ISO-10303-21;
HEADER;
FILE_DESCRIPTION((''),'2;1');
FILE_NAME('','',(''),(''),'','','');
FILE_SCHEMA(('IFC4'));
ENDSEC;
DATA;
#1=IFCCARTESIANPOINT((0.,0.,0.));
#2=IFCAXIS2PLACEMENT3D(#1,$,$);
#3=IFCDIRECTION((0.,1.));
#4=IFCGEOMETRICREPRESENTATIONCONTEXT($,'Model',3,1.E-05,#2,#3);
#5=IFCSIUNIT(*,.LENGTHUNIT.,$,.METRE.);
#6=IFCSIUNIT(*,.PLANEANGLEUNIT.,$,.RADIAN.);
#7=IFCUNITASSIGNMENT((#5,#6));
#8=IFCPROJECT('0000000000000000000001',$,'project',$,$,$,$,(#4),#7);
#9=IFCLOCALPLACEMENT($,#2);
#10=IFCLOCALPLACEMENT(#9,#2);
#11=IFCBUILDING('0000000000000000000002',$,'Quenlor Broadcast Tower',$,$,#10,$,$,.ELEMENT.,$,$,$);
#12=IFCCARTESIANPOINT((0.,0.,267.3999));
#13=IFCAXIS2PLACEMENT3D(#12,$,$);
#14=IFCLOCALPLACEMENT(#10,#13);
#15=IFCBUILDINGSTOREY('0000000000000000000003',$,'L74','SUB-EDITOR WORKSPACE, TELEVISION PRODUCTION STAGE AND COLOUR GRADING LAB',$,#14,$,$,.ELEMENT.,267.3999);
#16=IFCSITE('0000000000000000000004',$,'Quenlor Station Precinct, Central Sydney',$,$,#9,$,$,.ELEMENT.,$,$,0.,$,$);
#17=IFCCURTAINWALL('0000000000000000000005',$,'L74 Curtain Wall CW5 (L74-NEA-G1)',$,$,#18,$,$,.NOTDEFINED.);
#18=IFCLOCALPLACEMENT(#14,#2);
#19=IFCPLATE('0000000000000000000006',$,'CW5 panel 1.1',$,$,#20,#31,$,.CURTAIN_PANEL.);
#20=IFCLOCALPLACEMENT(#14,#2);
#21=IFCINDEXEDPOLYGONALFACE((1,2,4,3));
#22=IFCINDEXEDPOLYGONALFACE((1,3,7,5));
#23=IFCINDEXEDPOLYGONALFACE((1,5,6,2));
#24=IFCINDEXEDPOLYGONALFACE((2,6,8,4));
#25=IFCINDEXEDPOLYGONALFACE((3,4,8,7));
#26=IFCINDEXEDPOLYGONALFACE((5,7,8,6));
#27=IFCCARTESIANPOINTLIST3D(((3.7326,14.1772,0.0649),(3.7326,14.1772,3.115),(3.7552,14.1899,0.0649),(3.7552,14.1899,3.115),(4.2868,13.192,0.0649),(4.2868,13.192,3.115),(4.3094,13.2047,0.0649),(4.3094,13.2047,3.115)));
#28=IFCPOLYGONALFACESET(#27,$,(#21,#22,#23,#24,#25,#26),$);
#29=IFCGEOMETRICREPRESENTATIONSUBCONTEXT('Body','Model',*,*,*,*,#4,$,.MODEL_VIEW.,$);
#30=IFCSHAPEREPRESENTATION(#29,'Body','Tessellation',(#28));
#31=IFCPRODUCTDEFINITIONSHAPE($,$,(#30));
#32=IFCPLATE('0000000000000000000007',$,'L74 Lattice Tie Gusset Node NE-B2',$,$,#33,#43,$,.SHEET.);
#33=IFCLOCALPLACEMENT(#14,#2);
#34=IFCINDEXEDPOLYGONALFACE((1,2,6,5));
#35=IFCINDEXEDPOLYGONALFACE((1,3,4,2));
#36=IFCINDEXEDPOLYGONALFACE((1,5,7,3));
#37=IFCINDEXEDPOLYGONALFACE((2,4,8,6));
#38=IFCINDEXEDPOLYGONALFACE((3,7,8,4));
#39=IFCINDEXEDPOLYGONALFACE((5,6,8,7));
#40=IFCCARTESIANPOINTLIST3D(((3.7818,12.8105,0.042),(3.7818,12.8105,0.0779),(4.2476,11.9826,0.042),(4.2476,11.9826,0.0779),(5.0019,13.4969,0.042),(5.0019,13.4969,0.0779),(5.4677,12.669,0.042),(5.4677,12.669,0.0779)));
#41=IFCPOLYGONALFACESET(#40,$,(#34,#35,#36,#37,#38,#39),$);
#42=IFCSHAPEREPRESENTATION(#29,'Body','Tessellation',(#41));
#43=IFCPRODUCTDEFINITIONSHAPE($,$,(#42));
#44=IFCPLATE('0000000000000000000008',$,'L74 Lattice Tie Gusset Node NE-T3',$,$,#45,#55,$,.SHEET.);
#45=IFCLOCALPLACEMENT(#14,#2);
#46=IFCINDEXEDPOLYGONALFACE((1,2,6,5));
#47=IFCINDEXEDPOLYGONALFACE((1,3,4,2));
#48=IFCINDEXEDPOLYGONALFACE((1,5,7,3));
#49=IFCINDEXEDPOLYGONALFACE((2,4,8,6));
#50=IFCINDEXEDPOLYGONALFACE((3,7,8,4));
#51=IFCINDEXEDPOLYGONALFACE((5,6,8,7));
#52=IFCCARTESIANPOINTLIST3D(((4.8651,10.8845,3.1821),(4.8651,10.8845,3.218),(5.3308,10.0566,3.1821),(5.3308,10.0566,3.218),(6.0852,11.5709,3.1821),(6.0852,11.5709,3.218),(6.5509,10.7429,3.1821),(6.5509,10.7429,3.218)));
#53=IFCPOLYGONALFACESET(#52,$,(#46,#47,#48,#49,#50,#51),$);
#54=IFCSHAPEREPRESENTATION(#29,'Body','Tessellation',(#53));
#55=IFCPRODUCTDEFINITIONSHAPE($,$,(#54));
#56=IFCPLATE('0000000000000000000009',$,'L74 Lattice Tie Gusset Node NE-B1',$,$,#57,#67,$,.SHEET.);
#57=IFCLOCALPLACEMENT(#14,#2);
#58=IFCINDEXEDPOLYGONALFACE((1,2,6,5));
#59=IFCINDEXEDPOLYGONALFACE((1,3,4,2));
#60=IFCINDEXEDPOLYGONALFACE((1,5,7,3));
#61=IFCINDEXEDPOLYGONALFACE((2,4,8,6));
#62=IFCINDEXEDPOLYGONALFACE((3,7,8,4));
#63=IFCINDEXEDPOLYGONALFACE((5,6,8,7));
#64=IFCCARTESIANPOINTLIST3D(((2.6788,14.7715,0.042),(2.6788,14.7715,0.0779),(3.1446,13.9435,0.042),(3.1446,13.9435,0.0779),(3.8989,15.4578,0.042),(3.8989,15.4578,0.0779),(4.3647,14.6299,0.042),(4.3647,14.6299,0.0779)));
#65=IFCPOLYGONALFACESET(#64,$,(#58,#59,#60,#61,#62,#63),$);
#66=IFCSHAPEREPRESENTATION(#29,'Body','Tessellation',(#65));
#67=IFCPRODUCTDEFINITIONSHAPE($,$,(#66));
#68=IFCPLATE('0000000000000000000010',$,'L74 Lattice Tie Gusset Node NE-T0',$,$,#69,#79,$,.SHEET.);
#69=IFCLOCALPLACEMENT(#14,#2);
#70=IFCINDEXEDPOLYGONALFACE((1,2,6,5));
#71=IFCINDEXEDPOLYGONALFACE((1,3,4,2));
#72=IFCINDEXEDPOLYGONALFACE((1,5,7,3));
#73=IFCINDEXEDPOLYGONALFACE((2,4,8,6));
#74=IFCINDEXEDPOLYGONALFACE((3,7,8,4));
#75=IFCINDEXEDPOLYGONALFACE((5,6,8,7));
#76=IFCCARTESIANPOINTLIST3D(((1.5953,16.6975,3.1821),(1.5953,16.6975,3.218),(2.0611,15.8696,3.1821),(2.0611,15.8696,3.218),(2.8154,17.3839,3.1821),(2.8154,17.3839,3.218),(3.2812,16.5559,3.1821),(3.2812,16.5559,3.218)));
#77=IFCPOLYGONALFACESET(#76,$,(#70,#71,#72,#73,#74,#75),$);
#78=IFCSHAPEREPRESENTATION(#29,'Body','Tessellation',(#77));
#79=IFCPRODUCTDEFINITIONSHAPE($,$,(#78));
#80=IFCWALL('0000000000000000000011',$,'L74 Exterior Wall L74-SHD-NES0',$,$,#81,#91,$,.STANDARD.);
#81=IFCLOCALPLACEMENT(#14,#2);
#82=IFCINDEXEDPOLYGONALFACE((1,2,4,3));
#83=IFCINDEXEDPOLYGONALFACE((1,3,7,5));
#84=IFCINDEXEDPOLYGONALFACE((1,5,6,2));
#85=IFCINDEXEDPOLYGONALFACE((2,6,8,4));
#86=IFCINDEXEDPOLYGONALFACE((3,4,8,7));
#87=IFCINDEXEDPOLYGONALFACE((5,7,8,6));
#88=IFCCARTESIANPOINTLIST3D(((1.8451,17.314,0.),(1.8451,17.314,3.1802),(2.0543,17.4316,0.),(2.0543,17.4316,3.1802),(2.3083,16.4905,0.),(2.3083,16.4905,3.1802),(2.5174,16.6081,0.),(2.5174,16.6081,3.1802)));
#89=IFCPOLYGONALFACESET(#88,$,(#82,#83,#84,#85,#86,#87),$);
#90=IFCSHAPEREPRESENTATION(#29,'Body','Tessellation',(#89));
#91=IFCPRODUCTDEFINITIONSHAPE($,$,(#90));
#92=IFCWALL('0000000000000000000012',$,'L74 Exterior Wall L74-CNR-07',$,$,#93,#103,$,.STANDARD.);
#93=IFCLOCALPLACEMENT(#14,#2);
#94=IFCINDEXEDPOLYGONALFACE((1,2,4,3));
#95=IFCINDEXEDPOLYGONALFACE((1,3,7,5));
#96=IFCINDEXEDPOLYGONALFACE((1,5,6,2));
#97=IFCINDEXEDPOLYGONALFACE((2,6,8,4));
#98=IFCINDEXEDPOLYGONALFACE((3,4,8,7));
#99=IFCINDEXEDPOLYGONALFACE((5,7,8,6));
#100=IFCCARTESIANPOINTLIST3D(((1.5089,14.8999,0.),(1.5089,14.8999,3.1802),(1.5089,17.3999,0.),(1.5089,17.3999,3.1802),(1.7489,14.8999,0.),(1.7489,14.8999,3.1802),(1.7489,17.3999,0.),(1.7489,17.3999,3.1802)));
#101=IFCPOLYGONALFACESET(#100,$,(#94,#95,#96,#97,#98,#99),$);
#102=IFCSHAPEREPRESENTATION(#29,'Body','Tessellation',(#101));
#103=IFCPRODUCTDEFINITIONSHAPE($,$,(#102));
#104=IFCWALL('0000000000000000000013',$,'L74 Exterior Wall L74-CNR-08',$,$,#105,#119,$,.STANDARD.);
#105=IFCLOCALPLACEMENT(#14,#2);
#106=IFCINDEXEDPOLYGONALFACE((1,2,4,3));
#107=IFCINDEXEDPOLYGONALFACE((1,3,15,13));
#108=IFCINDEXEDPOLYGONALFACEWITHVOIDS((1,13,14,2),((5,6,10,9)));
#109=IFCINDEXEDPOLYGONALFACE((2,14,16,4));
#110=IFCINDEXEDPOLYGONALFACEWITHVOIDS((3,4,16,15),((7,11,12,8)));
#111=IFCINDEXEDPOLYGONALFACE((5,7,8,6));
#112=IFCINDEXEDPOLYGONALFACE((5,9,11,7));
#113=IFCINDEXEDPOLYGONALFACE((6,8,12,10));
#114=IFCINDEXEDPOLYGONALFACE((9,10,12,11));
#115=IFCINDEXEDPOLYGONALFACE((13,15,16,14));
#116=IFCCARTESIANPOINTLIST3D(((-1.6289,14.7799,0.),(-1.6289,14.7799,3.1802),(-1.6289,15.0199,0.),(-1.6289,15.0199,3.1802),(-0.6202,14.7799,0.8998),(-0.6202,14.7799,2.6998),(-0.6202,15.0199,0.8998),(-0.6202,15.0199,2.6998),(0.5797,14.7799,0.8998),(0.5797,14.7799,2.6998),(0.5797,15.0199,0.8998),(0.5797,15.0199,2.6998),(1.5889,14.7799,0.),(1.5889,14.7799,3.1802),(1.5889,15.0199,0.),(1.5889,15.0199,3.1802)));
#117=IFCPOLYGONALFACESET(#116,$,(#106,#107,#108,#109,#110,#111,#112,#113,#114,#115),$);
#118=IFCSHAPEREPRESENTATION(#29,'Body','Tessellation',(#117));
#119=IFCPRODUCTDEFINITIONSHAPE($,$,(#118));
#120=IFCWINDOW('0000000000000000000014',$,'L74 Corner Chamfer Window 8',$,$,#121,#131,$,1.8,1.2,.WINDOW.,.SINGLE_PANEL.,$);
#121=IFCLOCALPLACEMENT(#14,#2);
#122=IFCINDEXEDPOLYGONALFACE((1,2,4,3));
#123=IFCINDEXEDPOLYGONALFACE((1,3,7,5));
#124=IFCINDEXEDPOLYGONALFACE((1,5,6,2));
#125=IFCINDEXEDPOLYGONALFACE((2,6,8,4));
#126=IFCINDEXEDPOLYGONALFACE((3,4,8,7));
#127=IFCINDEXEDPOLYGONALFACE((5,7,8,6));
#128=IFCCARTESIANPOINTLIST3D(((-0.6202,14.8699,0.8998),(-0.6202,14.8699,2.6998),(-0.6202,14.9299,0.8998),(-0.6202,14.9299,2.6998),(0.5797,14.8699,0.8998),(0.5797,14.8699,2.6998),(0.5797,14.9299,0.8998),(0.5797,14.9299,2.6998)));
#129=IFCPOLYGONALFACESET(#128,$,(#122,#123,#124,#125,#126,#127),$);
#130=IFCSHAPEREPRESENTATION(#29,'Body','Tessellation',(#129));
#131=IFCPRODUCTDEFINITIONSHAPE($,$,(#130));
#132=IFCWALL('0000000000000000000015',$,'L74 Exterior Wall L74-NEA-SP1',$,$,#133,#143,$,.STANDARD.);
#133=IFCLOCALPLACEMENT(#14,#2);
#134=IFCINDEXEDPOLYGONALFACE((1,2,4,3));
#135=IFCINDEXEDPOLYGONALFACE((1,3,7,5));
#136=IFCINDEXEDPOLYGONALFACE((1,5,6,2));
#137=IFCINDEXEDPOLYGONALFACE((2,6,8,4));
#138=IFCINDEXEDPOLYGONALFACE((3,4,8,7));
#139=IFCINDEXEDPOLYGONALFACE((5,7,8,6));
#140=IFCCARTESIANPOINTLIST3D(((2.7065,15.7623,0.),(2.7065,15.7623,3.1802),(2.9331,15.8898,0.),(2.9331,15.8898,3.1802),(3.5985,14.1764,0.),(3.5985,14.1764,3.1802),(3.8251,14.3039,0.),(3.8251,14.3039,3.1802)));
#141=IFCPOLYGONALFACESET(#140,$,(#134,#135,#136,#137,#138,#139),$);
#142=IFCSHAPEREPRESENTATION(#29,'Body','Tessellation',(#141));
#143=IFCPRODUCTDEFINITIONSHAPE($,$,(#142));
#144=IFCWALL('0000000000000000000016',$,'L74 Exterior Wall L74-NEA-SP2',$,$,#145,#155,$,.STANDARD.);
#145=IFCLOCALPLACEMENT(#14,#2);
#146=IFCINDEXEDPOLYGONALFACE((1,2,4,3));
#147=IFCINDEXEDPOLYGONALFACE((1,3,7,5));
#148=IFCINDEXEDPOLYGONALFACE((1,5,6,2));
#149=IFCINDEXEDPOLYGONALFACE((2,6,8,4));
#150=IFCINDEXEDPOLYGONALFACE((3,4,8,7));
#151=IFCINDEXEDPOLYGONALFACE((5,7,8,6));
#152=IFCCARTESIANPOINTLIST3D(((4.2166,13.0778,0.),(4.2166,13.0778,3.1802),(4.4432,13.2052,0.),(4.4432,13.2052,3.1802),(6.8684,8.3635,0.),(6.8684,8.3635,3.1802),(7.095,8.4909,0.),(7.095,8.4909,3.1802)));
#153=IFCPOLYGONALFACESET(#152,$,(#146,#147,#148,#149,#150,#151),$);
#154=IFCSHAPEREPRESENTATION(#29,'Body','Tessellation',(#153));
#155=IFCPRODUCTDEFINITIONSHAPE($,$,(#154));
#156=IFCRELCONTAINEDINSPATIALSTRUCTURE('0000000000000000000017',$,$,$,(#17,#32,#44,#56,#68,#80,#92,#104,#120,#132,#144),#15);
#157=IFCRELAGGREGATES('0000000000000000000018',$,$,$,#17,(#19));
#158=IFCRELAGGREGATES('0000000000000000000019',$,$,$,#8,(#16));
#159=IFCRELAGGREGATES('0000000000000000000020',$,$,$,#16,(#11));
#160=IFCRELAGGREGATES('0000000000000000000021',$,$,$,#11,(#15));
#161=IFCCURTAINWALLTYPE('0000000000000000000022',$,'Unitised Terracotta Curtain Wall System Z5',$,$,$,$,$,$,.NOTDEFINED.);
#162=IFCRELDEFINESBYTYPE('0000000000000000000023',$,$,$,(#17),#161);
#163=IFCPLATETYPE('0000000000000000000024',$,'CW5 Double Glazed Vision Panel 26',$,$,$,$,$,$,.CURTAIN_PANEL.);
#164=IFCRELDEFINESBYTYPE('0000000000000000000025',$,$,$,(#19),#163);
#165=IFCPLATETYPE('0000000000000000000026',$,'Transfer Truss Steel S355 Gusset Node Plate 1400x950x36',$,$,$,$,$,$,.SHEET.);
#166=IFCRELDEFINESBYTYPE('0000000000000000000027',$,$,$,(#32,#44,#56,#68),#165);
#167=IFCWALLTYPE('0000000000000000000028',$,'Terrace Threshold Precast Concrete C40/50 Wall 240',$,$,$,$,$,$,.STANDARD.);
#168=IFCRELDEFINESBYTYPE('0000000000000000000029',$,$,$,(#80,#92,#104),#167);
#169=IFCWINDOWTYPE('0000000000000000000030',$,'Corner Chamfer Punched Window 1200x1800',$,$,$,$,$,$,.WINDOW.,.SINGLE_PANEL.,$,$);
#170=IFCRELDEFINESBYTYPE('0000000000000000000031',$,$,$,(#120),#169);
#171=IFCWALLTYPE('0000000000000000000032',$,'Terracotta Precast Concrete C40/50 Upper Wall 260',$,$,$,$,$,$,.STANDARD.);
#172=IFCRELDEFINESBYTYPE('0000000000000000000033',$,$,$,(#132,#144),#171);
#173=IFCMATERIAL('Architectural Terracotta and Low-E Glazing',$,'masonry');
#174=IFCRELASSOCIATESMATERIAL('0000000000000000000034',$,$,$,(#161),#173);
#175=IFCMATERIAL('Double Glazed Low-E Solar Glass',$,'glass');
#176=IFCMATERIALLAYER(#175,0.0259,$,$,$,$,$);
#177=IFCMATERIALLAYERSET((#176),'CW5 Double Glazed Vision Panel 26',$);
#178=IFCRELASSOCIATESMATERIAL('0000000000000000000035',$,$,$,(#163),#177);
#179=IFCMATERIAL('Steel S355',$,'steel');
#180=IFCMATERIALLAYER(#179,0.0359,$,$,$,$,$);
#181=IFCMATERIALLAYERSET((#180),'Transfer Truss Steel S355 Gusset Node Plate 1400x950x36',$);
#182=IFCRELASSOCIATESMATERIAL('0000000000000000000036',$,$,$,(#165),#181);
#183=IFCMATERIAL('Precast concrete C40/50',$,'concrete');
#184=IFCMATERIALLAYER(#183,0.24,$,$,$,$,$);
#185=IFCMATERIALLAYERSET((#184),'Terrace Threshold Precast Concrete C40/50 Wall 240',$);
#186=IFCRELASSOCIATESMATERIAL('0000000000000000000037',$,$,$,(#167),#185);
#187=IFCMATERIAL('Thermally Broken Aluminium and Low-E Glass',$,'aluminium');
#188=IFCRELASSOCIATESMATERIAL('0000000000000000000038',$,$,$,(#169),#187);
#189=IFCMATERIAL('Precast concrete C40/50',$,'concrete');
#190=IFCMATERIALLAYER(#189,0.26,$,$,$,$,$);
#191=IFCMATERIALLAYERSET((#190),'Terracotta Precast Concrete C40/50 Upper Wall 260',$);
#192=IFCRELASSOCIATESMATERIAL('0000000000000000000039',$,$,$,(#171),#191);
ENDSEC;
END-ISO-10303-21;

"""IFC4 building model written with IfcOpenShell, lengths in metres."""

from ifc_helpers import new_model, si_unit, direction, frame, frame_2d, origin, origin_2d, place, context, subcontext, project, spatial, rectangle, extrude, material, layer, layer_set, type_object, element, fill, aggregate, save


model = new_model("IFC4")

# Units and contexts
model_context = context("Model", 3, precision=1e-05, world=origin(), true_north=direction((0.0, 1.0)))
body_context = subcontext(model_context, "Body", "Model", "MODEL_VIEW")
ifc_project = project(units=[si_unit("LENGTHUNIT", "METRE"), si_unit("PLANEANGLEUNIT", "RADIAN")], contexts=[model_context])

# Site, building, storey
site_placement = place(None, origin())
site = spatial("IfcSite", under=ifc_project, at=site_placement, Name="Quenlor Station Precinct, Central Sydney", CompositionType="ELEMENT", RefElevation=0.0)
building_placement = place(site_placement, origin())
building = spatial("IfcBuilding", under=site, at=building_placement, Name="Quenlor Broadcast Tower", CompositionType="ELEMENT")
storey_placement = place(building_placement, frame((0.0, 0.0, 267.3999)))
storey = spatial("IfcBuildingStorey", under=building, at=storey_placement, Name="L74", Description="SUB-EDITOR WORKSPACE, TELEVISION PRODUCTION STAGE AND COLOUR GRADING LAB", CompositionType="ELEMENT", Elevation=267.3999)

# Curtain wall
ifc_material_1 = material(Name="Architectural Terracotta and Low-E Glazing", Category="masonry")
curtain_wall_type = type_object("IfcCurtainWallType", Name="Unitised Terracotta Curtain Wall System Z5", PredefinedType="NOTDEFINED", material=ifc_material_1)
curtain_wall_placement = place(storey_placement, origin())
curtain_wall = element("IfcCurtainWall", 1, at=curtain_wall_placement, inside=storey, type_object=curtain_wall_type, Name="L74 Curtain Wall CW5 (L74-NEA-G1)", PredefinedType="NOTDEFINED")

# Plate
ifc_material_2 = material(Name="Double Glazed Low-E Solar Glass", Category="glass")
ifc_layer_1 = layer(ifc_material_2, 0.0259)
ifc_layer_set_1 = layer_set([ifc_layer_1], Name="CW5 Double Glazed Vision Panel 26")
plate_type_1 = type_object("IfcPlateType", Name="CW5 Double Glazed Vision Panel 26", PredefinedType="CURTAIN_PANEL", material=ifc_layer_set_1)
plate_placement = place(storey_placement, frame((4.021, 13.6909, 0.0649), z_axis=(0.0, 0.0, 1.0), x_axis=(0.490291, -0.871559, 0.0)))
plate = element("IfcPlate", 2, at=plate_placement, type_object=plate_type_1, Name="CW5 panel 1.1", PredefinedType="CURTAIN_PANEL", context=body_context, shape_type="SweptSolid", body=[
    extrude(rectangle(XDim=1.1304, YDim=0.0259, at=origin_2d()), origin(), (0.0, 0.0, 1.0), 3.05),
])
aggregate(curtain_wall, [plate])

# Plates
ifc_material_3 = material(Name="Steel S355", Category="steel")
ifc_layer_2 = layer(ifc_material_3, 0.0359)
ifc_layer_set_2 = layer_set([ifc_layer_2], Name="Transfer Truss Steel S355 Gusset Node Plate 1400x950x36")
plate_type_2 = type_object("IfcPlateType", Name="Transfer Truss Steel S355 Gusset Node Plate 1400x950x36", PredefinedType="SHEET", material=ifc_layer_set_2)
for number, where, z_axis, x_axis, name in (
    (3, (4.6248, 12.7397, 0.042), (0.0, 0.0, 1.0), (0.871556, 0.490295, 0.0), "L74 Lattice Tie Gusset Node NE-B2"),
    (4, (5.708, 10.8137, 3.1821), (0.0, 0.0, 1.0), (0.871556, 0.490295, 0.0), "L74 Lattice Tie Gusset Node NE-T3"),
    (5, (3.5217, 14.7007, 0.042), (0.0, 0.0, 1.0), (0.871556, 0.490295, 0.0), "L74 Lattice Tie Gusset Node NE-B1"),
    (6, (2.4382, 16.6267, 3.1821), (0.0, 0.0, 1.0), (0.871556, 0.490295, 0.0), "L74 Lattice Tie Gusset Node NE-T0"),
):
    element("IfcPlate", number, at=place(storey_placement, frame(where, z_axis=z_axis, x_axis=x_axis)), inside=storey, type_object=plate_type_2, Name=name, PredefinedType="SHEET", context=body_context, shape_type="SweptSolid", body=[
        extrude(rectangle(XDim=1.3999, YDim=0.95, at=origin_2d()), origin(), (0.0, 0.0, 1.0), 0.0359),
    ])

# Walls
ifc_material_4 = material(Name="Precast concrete C40/50", Category="concrete")
ifc_layer_3 = layer(ifc_material_4, 0.24)
ifc_layer_set_3 = layer_set([ifc_layer_3], Name="Terrace Threshold Precast Concrete C40/50 Wall 240")
wall_type_1 = type_object("IfcWallType", Name="Terrace Threshold Precast Concrete C40/50 Wall 240", PredefinedType="STANDARD", material=ifc_layer_set_3)
wall_1_placement = place(storey_placement, frame((1.9497, 17.3728, 0.0), z_axis=(0.0, 0.0, 1.0), x_axis=(0.4902, -0.87161, 0.0)))
element("IfcWall", 7, at=wall_1_placement, inside=storey, type_object=wall_type_1, Name="L74 Exterior Wall L74-SHD-NES0", PredefinedType="STANDARD", context=body_context, shape_type="SweptSolid", body=[
    extrude(rectangle(XDim=0.9448, YDim=0.24, at=frame_2d((0.4724, 0.0))), origin(), (0.0, 0.0, 1.0), 3.1802),
])
wall_2_placement = place(storey_placement, frame((1.6289, 17.3999, 0.0), z_axis=(0.0, 0.0, 1.0), x_axis=(0.0, -1.0, 0.0)))
element("IfcWall", 8, at=wall_2_placement, inside=storey, type_object=wall_type_1, Name="L74 Exterior Wall L74-CNR-07", PredefinedType="STANDARD", context=body_context, shape_type="SweptSolid", body=[
    extrude(rectangle(XDim=2.5, YDim=0.24, at=frame_2d((1.25, 0.0))), origin(), (0.0, 0.0, 1.0), 3.1802),
])

# Wall, opening, window
wall_3_placement = place(storey_placement, frame((1.5889, 14.8999, 0.0), z_axis=(0.0, 0.0, 1.0), x_axis=(-1.0, 0.0, 0.0)))
wall_3 = element("IfcWall", 9, at=wall_3_placement, inside=storey, type_object=wall_type_1, Name="L74 Exterior Wall L74-CNR-08", PredefinedType="STANDARD", context=body_context, shape_type="SweptSolid", body=[
    extrude(rectangle(XDim=3.2178, YDim=0.24, at=frame_2d((1.6089, 0.0))), origin(), (0.0, 0.0, 1.0), 3.1802),
])
opening_placement = place(wall_3_placement, frame((1.009, 0.0, 0.8999)))
opening = element("IfcOpeningElement", 10, at=opening_placement, cuts=wall_3, PredefinedType="OPENING", context=body_context, shape_type="SweptSolid", body=[
    extrude(rectangle(XDim=1.2, YDim=1.8, at=frame_2d((0.6001, 0.8999))), frame((0.0, 0.1299, 0.0), z_axis=(0.0, -1.0, 0.0), x_axis=(1.0, 0.0, 0.0)), (0.0, 0.0, 1.0), 0.26),
])
ifc_material_5 = material(Name="Thermally Broken Aluminium and Low-E Glass", Category="aluminium")
window_type = type_object("IfcWindowType", Name="Corner Chamfer Punched Window 1200x1800", PartitioningType="SINGLE_PANEL", PredefinedType="WINDOW", material=ifc_material_5)
window_placement = place(opening_placement, origin())
window = element("IfcWindow", 11, at=window_placement, inside=storey, type_object=window_type, Name="L74 Corner Chamfer Window 8", OverallHeight=1.8, OverallWidth=1.2, PartitioningType="SINGLE_PANEL", PredefinedType="WINDOW", context=body_context, shape_type="SweptSolid", body=[
    extrude(rectangle(XDim=1.2, YDim=1.8, at=frame_2d((0.6001, 0.8999))), frame((0.0, 0.03, 0.0), z_axis=(0.0, -1.0, 0.0), x_axis=(1.0, 0.0, 0.0)), (0.0, 0.0, 1.0), 0.0601),
])
fill(opening, window)

# Walls
ifc_material_6 = material(Name="Precast concrete C40/50", Category="concrete")
ifc_layer_4 = layer(ifc_material_6, 0.26)
ifc_layer_set_4 = layer_set([ifc_layer_4], Name="Terracotta Precast Concrete C40/50 Upper Wall 260")
wall_type_2 = type_object("IfcWallType", Name="Terracotta Precast Concrete C40/50 Upper Wall 260", PredefinedType="STANDARD", material=ifc_layer_set_4)
wall_4_placement = place(storey_placement, frame((2.8198, 15.8259, 0.0), z_axis=(0.0, 0.0, 1.0), x_axis=(0.490261, -0.871576, 0.0)))
element("IfcWall", 12, at=wall_4_placement, inside=storey, type_object=wall_type_2, Name="L74 Exterior Wall L74-NEA-SP1", PredefinedType="STANDARD", context=body_context, shape_type="SweptSolid", body=[
    extrude(rectangle(XDim=1.8196, YDim=0.26, at=frame_2d((0.9097, 0.0))), origin(), (0.0, 0.0, 1.0), 3.1802),
])
wall_5_placement = place(storey_placement, frame((4.3298, 13.1416, 0.0), z_axis=(0.0, 0.0, 1.0), x_axis=(0.490266, -0.871573, 0.0)))
element("IfcWall", 13, at=wall_5_placement, inside=storey, type_object=wall_type_2, Name="L74 Exterior Wall L74-NEA-SP2", PredefinedType="STANDARD", context=body_context, shape_type="SweptSolid", body=[
    extrude(rectangle(XDim=5.4089, YDim=0.26, at=frame_2d((2.7046, 0.0))), origin(), (0.0, 0.0, 1.0), 3.1802),
])

save(model, "model.ifc")
